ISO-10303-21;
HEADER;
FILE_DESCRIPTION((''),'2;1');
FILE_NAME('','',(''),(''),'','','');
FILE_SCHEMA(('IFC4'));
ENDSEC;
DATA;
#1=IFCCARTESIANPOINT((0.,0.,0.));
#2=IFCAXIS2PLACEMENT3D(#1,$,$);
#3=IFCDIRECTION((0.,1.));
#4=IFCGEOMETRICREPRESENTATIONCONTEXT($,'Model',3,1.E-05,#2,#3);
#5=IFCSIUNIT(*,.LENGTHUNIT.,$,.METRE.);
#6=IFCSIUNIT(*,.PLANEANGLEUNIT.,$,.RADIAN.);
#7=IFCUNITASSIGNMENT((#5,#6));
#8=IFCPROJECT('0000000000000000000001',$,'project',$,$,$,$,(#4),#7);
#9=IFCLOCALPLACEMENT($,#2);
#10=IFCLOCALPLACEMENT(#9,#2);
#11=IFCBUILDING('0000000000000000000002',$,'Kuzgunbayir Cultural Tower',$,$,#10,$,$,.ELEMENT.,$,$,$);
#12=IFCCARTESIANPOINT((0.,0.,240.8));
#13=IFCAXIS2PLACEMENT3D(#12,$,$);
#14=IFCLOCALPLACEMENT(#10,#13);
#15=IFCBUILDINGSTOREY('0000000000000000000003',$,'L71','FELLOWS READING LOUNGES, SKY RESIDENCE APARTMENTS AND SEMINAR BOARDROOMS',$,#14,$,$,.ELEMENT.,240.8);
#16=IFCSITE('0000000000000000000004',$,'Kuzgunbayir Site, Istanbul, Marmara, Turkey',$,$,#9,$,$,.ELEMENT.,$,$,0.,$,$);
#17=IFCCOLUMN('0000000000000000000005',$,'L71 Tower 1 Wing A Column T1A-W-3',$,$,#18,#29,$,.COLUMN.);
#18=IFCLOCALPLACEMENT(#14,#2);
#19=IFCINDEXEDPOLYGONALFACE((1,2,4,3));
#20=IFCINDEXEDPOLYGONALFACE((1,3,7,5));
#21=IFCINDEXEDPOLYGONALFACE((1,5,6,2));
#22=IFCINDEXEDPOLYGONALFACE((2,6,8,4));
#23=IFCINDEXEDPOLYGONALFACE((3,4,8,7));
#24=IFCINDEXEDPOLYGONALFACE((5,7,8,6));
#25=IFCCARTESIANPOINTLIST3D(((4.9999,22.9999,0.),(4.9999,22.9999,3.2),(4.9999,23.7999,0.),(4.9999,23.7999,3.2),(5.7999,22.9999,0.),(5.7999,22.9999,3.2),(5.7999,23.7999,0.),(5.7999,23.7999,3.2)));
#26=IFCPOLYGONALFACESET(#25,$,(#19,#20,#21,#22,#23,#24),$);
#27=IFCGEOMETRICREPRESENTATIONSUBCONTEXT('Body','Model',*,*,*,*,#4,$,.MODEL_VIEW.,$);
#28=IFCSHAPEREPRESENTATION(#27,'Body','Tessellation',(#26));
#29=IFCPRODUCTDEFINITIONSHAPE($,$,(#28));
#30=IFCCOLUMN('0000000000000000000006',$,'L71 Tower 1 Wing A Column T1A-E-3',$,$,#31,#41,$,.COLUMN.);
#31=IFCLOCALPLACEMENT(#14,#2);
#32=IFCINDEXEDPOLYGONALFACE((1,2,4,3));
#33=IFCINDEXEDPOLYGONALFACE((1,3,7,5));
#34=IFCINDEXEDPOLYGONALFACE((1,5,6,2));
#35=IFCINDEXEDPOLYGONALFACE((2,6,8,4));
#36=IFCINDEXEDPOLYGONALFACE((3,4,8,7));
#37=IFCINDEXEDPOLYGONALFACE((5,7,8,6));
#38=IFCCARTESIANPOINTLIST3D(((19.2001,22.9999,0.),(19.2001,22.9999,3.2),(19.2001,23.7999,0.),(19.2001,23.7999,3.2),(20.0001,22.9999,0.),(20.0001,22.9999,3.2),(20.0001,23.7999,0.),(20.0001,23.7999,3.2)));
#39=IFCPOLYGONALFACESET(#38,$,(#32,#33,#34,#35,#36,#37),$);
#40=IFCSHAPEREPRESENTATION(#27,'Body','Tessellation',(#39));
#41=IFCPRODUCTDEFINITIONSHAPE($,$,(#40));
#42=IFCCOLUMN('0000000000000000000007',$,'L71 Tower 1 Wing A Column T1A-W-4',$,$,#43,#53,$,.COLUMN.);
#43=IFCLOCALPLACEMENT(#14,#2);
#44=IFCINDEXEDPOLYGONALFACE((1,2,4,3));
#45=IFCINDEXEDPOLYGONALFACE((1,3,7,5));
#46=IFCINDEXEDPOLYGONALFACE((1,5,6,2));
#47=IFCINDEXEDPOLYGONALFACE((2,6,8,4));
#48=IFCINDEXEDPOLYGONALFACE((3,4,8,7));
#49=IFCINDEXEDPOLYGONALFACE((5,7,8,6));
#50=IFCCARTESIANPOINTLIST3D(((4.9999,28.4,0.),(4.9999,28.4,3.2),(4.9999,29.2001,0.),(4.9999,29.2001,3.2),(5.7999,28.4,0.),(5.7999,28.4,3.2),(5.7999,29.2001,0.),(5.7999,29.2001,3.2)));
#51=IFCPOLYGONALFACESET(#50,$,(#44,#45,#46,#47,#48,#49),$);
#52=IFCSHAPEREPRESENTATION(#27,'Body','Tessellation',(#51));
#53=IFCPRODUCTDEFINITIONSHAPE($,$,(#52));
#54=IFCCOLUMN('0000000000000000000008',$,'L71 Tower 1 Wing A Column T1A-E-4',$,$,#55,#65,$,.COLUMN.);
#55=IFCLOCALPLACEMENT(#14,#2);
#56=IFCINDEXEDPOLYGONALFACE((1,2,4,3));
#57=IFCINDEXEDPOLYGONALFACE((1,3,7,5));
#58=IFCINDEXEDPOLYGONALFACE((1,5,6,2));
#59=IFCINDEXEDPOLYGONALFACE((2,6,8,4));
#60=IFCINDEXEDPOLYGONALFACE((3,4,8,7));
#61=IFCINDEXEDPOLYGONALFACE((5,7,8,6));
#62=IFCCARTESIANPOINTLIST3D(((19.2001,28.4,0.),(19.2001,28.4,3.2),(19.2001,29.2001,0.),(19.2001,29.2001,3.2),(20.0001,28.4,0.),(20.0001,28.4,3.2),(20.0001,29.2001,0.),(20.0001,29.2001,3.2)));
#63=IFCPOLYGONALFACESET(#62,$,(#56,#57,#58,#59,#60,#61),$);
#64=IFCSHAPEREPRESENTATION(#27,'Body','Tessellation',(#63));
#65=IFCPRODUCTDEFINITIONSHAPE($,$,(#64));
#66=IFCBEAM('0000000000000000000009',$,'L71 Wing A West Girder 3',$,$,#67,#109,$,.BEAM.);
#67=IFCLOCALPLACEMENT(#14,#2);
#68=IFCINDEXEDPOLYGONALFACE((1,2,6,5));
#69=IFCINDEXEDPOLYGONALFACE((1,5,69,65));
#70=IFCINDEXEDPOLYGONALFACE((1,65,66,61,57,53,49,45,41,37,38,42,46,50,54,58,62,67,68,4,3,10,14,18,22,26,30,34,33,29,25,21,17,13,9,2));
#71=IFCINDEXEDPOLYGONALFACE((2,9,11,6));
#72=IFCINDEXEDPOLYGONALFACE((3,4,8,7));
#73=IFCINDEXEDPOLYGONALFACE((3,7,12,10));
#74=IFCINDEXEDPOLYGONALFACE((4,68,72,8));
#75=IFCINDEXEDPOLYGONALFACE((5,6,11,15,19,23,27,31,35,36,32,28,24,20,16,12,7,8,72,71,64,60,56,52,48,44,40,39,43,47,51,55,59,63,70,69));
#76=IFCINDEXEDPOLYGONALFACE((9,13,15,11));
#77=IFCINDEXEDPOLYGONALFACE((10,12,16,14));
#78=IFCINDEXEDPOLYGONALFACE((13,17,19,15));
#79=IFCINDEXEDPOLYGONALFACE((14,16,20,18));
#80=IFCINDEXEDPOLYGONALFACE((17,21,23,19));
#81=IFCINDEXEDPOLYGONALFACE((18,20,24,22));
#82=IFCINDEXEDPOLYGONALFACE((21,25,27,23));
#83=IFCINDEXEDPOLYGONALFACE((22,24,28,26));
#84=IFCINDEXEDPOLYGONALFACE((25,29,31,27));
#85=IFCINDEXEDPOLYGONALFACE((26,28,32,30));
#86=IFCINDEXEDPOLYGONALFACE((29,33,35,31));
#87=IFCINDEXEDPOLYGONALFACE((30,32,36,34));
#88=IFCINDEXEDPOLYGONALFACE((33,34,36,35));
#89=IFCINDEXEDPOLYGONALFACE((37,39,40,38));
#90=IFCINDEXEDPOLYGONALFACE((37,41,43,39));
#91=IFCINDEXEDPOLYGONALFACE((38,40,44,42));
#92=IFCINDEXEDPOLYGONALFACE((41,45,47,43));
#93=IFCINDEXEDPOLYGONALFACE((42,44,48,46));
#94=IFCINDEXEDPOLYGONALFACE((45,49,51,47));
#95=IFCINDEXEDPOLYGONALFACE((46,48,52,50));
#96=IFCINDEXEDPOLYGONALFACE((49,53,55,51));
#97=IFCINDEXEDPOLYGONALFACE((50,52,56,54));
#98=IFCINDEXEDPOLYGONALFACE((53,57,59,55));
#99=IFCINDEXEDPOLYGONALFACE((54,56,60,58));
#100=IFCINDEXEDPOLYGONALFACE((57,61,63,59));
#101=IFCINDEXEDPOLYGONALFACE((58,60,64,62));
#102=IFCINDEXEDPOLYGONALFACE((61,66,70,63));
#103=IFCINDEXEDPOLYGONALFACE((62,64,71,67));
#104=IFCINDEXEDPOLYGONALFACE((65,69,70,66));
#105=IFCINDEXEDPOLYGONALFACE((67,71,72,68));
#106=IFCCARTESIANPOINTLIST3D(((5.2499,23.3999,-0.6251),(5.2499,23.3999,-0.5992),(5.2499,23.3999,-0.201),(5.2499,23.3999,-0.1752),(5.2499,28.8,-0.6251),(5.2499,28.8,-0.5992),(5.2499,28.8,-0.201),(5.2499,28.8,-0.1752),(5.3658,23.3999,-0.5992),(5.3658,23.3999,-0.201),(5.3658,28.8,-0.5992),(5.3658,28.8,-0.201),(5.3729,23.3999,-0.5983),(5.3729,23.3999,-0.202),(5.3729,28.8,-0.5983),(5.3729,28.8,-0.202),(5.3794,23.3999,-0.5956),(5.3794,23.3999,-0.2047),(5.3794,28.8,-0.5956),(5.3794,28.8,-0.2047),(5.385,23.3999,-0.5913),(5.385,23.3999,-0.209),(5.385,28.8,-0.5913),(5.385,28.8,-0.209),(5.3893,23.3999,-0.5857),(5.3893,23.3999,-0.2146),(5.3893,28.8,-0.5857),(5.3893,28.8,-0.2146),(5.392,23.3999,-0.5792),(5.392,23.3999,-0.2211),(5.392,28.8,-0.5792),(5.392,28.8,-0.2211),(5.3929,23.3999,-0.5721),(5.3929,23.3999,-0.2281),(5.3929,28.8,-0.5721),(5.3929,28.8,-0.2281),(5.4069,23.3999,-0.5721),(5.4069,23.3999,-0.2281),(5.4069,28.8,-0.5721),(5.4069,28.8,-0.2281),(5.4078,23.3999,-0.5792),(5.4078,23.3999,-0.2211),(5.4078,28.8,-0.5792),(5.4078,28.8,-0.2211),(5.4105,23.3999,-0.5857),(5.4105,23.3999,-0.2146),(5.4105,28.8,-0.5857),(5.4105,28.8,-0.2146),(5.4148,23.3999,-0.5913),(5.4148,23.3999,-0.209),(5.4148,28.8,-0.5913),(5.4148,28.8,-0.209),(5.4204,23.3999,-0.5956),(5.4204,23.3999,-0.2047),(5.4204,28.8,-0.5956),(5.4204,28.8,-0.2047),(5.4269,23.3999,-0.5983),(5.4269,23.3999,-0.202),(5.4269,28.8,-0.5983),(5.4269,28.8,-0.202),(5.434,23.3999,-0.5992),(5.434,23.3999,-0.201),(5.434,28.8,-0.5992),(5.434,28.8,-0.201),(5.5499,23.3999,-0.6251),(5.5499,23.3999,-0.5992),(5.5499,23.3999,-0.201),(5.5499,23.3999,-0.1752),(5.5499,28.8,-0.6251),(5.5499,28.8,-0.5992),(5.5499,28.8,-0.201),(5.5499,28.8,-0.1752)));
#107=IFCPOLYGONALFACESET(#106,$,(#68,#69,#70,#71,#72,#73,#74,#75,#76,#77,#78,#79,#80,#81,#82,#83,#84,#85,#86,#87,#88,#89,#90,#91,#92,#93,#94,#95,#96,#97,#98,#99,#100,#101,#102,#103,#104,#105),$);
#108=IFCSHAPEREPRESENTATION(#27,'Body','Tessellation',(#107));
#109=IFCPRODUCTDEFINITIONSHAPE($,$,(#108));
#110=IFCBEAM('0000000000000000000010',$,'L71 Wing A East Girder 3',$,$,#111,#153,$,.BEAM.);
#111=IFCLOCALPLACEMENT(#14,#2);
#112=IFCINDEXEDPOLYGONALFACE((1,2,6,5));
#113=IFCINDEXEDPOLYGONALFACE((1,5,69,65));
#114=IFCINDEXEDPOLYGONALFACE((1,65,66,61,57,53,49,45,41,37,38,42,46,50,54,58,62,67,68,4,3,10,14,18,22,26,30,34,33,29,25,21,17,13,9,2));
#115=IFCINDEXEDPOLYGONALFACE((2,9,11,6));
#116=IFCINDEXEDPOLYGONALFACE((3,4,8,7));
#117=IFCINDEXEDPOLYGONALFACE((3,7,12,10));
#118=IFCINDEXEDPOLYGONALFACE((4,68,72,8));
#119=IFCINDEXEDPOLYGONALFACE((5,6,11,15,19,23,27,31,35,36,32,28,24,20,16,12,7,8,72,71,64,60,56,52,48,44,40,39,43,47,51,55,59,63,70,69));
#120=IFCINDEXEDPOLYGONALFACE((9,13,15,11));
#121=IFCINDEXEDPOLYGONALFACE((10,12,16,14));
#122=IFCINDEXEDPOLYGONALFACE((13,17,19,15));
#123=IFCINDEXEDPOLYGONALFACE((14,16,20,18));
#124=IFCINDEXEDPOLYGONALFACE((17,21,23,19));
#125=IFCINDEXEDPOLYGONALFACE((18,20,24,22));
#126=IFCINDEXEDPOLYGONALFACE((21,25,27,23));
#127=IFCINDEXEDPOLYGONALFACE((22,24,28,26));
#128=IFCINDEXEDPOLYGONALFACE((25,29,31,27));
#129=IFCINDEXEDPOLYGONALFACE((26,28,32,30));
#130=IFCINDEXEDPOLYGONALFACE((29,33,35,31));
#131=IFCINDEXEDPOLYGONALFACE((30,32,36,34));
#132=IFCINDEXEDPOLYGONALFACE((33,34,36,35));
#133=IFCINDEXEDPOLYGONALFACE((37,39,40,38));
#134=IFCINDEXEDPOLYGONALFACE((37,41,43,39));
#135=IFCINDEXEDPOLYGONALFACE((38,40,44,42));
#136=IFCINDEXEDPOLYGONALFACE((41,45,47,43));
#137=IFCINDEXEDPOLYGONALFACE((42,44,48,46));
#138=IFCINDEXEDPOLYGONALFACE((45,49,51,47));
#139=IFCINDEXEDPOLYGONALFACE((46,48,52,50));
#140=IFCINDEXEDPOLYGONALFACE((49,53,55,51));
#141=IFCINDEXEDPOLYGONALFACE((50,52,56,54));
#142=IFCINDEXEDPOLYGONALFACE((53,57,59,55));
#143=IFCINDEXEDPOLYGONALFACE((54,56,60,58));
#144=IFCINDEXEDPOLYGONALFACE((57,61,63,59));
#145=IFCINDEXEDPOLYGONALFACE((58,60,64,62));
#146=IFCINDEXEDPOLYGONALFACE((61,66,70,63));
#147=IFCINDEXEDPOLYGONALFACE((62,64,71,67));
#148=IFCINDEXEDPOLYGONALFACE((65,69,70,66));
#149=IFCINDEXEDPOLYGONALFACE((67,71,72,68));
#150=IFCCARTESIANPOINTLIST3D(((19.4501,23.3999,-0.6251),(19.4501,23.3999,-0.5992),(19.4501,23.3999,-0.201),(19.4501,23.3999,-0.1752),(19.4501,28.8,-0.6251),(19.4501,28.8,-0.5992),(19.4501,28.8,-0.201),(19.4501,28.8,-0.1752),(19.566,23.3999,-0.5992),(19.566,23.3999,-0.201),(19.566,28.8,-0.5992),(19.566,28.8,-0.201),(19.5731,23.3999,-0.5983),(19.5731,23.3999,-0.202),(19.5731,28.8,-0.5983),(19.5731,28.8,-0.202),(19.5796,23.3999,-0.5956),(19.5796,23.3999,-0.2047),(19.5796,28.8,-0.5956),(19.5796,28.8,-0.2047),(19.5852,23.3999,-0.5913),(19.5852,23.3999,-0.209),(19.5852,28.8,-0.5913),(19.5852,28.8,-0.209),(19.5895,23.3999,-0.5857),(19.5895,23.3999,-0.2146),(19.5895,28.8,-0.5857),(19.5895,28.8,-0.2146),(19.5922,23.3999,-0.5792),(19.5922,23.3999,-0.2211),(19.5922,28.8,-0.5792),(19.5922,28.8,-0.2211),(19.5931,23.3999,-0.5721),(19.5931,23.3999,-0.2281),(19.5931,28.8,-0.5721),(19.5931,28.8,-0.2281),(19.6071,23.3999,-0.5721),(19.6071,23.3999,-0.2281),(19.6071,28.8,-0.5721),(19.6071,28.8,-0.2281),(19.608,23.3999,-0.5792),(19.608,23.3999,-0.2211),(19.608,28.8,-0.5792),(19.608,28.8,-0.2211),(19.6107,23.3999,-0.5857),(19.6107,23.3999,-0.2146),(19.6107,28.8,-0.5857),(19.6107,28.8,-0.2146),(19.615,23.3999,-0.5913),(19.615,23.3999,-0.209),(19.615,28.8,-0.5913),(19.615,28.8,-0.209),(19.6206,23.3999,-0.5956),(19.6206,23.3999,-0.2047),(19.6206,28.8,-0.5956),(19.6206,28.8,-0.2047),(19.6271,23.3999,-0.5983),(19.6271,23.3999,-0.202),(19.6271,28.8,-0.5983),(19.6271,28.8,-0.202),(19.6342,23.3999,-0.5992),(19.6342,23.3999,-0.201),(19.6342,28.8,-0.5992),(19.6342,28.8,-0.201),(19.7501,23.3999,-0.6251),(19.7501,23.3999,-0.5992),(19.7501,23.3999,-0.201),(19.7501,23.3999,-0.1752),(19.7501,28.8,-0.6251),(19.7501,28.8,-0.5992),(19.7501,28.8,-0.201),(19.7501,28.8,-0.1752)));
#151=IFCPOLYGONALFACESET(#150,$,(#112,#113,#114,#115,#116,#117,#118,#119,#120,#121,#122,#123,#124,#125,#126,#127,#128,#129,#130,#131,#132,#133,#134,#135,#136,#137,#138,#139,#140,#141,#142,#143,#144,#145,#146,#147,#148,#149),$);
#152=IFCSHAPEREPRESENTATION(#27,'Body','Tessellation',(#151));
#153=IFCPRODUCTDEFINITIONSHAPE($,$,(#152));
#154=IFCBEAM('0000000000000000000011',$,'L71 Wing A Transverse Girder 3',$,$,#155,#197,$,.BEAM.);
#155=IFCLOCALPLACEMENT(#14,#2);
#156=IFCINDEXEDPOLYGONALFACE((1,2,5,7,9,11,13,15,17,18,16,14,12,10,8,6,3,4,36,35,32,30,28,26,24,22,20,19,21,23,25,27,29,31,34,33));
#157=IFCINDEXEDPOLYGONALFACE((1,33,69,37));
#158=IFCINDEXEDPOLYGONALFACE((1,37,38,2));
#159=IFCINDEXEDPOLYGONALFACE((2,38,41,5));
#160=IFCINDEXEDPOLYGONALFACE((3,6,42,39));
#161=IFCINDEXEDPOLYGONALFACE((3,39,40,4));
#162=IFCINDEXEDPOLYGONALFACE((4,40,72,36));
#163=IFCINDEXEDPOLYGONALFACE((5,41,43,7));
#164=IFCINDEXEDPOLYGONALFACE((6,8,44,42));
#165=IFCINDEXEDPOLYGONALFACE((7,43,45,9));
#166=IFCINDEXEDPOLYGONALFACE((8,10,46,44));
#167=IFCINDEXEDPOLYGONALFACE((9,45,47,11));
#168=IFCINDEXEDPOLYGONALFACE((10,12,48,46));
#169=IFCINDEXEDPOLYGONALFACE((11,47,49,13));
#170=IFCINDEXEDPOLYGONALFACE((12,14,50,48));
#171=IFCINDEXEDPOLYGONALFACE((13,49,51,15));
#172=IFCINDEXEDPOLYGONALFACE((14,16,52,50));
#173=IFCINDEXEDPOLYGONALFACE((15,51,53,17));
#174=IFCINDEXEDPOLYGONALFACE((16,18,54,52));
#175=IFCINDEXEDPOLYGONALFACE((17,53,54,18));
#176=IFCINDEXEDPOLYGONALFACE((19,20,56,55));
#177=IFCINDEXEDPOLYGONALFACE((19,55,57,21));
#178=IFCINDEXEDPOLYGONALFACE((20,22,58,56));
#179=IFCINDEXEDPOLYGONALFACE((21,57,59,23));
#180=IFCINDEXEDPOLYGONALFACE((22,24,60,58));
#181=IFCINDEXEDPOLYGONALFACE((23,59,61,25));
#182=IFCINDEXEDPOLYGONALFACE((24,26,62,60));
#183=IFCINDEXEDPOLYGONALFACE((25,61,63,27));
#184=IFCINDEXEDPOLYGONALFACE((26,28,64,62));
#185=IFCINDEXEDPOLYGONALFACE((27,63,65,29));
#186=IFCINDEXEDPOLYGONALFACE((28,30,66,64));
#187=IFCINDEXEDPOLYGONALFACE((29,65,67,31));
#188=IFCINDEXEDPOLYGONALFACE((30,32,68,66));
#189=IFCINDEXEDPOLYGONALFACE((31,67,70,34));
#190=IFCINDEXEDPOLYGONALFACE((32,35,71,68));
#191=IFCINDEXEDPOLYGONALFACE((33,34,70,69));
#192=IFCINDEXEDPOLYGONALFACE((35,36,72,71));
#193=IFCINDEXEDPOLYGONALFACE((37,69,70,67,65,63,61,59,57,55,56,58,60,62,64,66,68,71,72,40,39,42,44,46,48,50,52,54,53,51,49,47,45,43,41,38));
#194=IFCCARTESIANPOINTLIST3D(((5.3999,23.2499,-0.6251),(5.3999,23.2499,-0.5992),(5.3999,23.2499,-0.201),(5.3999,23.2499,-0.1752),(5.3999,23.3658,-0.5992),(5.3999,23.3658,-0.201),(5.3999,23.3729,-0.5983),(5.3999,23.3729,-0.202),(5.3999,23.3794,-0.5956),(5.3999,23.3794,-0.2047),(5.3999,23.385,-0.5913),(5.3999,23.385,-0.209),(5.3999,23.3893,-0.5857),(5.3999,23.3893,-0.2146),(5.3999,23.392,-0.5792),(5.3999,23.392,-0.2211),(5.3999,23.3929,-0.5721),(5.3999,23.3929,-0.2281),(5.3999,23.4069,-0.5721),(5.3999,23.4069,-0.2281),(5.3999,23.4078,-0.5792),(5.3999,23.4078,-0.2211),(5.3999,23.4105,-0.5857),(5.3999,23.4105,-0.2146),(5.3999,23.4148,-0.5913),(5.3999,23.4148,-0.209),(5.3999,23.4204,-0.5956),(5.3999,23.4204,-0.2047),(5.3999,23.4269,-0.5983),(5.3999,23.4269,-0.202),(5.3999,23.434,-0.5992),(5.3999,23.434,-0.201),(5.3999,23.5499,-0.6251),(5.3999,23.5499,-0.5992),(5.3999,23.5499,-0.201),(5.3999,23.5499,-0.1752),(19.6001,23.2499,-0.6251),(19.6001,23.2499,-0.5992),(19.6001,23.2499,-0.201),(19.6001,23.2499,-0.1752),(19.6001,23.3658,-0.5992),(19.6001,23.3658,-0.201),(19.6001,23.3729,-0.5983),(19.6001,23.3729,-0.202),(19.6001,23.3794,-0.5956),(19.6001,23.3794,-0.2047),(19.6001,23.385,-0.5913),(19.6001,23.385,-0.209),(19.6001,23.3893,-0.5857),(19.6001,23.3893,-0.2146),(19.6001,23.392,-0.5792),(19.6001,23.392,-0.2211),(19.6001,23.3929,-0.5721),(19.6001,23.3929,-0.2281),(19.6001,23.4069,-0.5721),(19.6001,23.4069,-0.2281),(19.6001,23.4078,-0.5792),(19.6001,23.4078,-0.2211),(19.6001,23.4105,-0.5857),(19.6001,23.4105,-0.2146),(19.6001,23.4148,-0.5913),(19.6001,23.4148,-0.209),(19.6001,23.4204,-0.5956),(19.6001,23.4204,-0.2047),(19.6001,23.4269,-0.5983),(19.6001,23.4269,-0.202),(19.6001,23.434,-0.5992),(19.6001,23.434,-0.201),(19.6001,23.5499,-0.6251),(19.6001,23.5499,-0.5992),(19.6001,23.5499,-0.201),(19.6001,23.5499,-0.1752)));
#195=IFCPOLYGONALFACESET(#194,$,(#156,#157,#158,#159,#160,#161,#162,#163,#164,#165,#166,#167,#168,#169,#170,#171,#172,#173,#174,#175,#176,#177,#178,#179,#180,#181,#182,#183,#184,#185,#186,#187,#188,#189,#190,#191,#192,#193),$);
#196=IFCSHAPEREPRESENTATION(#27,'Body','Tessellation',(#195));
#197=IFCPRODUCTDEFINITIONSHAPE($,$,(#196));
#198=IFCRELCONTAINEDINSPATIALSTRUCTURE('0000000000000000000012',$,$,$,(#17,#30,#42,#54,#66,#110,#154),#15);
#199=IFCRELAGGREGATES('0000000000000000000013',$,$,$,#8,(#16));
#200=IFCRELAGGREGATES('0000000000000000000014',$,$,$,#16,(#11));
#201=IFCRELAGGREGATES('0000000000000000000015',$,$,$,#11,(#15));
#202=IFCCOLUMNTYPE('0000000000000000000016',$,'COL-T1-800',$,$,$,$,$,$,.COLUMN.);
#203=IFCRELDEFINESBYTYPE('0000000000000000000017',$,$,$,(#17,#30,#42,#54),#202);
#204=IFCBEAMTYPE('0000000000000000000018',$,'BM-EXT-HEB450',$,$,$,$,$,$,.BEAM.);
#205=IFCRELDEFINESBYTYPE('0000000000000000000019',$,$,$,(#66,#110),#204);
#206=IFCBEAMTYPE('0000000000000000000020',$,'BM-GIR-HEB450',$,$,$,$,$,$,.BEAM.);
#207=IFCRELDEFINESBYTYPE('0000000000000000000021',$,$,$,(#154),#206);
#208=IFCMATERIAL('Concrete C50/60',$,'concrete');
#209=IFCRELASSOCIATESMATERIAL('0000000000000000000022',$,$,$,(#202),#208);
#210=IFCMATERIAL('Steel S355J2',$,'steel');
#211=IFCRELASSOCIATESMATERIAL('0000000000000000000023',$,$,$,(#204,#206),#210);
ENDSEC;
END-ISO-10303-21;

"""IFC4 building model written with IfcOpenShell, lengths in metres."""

from ifc_helpers import new_model, si_unit, direction, frame, origin, origin_2d, place, context, subcontext, project, spatial, rectangle, i_section, extrude, material, material_profile, profile_set, type_object, element, save


model = new_model("IFC4")

# Units and contexts
model_context = context("Model", 3, precision=1e-05, world=origin(), true_north=direction((0.0, 1.0)))
body_context = subcontext(model_context, "Body", "Model", "MODEL_VIEW")
ifc_project = project(units=[si_unit("LENGTHUNIT", "METRE"), si_unit("PLANEANGLEUNIT", "RADIAN")], contexts=[model_context])

# Site, building, storey
site_placement = place(None, origin())
site = spatial("IfcSite", under=ifc_project, at=site_placement, Name="Kuzgunbayir Site, Istanbul, Marmara, Turkey", CompositionType="ELEMENT", RefElevation=0.0)
building_placement = place(site_placement, origin())
building = spatial("IfcBuilding", under=site, at=building_placement, Name="Kuzgunbayir Cultural Tower", CompositionType="ELEMENT")
storey_placement = place(building_placement, frame((0.0, 0.0, 240.8)))
storey = spatial("IfcBuildingStorey", under=building, at=storey_placement, Name="L71", Description="FELLOWS READING LOUNGES, SKY RESIDENCE APARTMENTS AND SEMINAR BOARDROOMS", CompositionType="ELEMENT", Elevation=240.8)

# Columns
ifc_material_1 = material(Name="Concrete C50/60", Category="concrete")
ifc_material_profile_1 = material_profile(ifc_material_1, rectangle(XDim=0.8, YDim=0.8, at=origin_2d()), Name="RC 800x800")
ifc_profile_set_1 = profile_set([ifc_material_profile_1], Name="Concrete C50/60")
column_type = type_object("IfcColumnType", Name="COL-T1-800", PredefinedType="COLUMN", material=ifc_profile_set_1)
for number, where, z_axis, x_axis, name in (
    (1, (5.3999, 23.3999, 0.0), (0.0, 0.0, 1.0), (1.0, 0.0, 0.0), "L71 Tower 1 Wing A Column T1A-W-3"),
    (2, (19.6001, 23.3999, 0.0), (0.0, 0.0, 1.0), (1.0, 0.0, 0.0), "L71 Tower 1 Wing A Column T1A-E-3"),
    (3, (5.3999, 28.8, 0.0), (0.0, 0.0, 1.0), (1.0, 0.0, 0.0), "L71 Tower 1 Wing A Column T1A-W-4"),
    (4, (19.6001, 28.8, 0.0), (0.0, 0.0, 1.0), (1.0, 0.0, 0.0), "L71 Tower 1 Wing A Column T1A-E-4"),
):
    element("IfcColumn", number, at=place(storey_placement, frame(where, z_axis=z_axis, x_axis=x_axis)), inside=storey, type_object=column_type, Name=name, PredefinedType="COLUMN", context=body_context, shape_type="SweptSolid", body=[
        extrude(rectangle(XDim=0.8, YDim=0.8, at=origin_2d()), origin(), (0.0, 0.0, 1.0), 3.2),
    ])

# Beams
ifc_material_2 = material(Name="Steel S355J2", Category="steel")
ifc_material_profile_2 = material_profile(ifc_material_2, i_section(OverallWidth=0.3, OverallDepth=0.45, WebThickness=0.0139, FlangeThickness=0.0259, FilletRadius=0.0271, at=origin_2d()), Name="HEB 450")
ifc_profile_set_2 = profile_set([ifc_material_profile_2], Name="Steel S355J2")
beam_type_1 = type_object("IfcBeamType", Name="BM-EXT-HEB450", PredefinedType="BEAM", material=ifc_profile_set_2)
for number, where, z_axis, x_axis, name in (
    (5, (5.3999, 23.3999, -0.4001), (0.0, 1.0, 0.0), (-1.0, 0.0, 0.0), "L71 Wing A West Girder 3"),
    (6, (19.6001, 23.3999, -0.4001), (0.0, 1.0, 0.0), (-1.0, 0.0, 0.0), "L71 Wing A East Girder 3"),
):
    element("IfcBeam", number, at=place(storey_placement, frame(where, z_axis=z_axis, x_axis=x_axis)), inside=storey, type_object=beam_type_1, Name=name, PredefinedType="BEAM", context=body_context, shape_type="SweptSolid", body=[
        extrude(i_section(OverallWidth=0.3, OverallDepth=0.45, WebThickness=0.0139, FlangeThickness=0.0259, FilletRadius=0.0271, at=origin_2d()), origin(), (0.0, 0.0, 1.0), 5.4001),
    ])
ifc_material_profile_3 = material_profile(ifc_material_2, i_section(OverallWidth=0.3, OverallDepth=0.45, WebThickness=0.0139, FlangeThickness=0.0259, FilletRadius=0.0271, at=origin_2d()), Name="HEB 450")
ifc_profile_set_3 = profile_set([ifc_material_profile_3], Name="Steel S355J2")
beam_type_2 = type_object("IfcBeamType", Name="BM-GIR-HEB450", PredefinedType="BEAM", material=ifc_profile_set_3)
for number, where, z_axis, x_axis, name in (
    (7, (5.3999, 23.3999, -0.4001), (1.0, 0.0, 0.0), (0.0, 1.0, 0.0), "L71 Wing A Transverse Girder 3"),
):
    element("IfcBeam", number, at=place(storey_placement, frame(where, z_axis=z_axis, x_axis=x_axis)), inside=storey, type_object=beam_type_2, Name=name, PredefinedType="BEAM", context=body_context, shape_type="SweptSolid", body=[
        extrude(i_section(OverallWidth=0.3, OverallDepth=0.45, WebThickness=0.0139, FlangeThickness=0.0259, FilletRadius=0.0271, at=origin_2d()), origin(), (0.0, 0.0, 1.0), 14.2002),
    ])

save(model, "model.ifc")
